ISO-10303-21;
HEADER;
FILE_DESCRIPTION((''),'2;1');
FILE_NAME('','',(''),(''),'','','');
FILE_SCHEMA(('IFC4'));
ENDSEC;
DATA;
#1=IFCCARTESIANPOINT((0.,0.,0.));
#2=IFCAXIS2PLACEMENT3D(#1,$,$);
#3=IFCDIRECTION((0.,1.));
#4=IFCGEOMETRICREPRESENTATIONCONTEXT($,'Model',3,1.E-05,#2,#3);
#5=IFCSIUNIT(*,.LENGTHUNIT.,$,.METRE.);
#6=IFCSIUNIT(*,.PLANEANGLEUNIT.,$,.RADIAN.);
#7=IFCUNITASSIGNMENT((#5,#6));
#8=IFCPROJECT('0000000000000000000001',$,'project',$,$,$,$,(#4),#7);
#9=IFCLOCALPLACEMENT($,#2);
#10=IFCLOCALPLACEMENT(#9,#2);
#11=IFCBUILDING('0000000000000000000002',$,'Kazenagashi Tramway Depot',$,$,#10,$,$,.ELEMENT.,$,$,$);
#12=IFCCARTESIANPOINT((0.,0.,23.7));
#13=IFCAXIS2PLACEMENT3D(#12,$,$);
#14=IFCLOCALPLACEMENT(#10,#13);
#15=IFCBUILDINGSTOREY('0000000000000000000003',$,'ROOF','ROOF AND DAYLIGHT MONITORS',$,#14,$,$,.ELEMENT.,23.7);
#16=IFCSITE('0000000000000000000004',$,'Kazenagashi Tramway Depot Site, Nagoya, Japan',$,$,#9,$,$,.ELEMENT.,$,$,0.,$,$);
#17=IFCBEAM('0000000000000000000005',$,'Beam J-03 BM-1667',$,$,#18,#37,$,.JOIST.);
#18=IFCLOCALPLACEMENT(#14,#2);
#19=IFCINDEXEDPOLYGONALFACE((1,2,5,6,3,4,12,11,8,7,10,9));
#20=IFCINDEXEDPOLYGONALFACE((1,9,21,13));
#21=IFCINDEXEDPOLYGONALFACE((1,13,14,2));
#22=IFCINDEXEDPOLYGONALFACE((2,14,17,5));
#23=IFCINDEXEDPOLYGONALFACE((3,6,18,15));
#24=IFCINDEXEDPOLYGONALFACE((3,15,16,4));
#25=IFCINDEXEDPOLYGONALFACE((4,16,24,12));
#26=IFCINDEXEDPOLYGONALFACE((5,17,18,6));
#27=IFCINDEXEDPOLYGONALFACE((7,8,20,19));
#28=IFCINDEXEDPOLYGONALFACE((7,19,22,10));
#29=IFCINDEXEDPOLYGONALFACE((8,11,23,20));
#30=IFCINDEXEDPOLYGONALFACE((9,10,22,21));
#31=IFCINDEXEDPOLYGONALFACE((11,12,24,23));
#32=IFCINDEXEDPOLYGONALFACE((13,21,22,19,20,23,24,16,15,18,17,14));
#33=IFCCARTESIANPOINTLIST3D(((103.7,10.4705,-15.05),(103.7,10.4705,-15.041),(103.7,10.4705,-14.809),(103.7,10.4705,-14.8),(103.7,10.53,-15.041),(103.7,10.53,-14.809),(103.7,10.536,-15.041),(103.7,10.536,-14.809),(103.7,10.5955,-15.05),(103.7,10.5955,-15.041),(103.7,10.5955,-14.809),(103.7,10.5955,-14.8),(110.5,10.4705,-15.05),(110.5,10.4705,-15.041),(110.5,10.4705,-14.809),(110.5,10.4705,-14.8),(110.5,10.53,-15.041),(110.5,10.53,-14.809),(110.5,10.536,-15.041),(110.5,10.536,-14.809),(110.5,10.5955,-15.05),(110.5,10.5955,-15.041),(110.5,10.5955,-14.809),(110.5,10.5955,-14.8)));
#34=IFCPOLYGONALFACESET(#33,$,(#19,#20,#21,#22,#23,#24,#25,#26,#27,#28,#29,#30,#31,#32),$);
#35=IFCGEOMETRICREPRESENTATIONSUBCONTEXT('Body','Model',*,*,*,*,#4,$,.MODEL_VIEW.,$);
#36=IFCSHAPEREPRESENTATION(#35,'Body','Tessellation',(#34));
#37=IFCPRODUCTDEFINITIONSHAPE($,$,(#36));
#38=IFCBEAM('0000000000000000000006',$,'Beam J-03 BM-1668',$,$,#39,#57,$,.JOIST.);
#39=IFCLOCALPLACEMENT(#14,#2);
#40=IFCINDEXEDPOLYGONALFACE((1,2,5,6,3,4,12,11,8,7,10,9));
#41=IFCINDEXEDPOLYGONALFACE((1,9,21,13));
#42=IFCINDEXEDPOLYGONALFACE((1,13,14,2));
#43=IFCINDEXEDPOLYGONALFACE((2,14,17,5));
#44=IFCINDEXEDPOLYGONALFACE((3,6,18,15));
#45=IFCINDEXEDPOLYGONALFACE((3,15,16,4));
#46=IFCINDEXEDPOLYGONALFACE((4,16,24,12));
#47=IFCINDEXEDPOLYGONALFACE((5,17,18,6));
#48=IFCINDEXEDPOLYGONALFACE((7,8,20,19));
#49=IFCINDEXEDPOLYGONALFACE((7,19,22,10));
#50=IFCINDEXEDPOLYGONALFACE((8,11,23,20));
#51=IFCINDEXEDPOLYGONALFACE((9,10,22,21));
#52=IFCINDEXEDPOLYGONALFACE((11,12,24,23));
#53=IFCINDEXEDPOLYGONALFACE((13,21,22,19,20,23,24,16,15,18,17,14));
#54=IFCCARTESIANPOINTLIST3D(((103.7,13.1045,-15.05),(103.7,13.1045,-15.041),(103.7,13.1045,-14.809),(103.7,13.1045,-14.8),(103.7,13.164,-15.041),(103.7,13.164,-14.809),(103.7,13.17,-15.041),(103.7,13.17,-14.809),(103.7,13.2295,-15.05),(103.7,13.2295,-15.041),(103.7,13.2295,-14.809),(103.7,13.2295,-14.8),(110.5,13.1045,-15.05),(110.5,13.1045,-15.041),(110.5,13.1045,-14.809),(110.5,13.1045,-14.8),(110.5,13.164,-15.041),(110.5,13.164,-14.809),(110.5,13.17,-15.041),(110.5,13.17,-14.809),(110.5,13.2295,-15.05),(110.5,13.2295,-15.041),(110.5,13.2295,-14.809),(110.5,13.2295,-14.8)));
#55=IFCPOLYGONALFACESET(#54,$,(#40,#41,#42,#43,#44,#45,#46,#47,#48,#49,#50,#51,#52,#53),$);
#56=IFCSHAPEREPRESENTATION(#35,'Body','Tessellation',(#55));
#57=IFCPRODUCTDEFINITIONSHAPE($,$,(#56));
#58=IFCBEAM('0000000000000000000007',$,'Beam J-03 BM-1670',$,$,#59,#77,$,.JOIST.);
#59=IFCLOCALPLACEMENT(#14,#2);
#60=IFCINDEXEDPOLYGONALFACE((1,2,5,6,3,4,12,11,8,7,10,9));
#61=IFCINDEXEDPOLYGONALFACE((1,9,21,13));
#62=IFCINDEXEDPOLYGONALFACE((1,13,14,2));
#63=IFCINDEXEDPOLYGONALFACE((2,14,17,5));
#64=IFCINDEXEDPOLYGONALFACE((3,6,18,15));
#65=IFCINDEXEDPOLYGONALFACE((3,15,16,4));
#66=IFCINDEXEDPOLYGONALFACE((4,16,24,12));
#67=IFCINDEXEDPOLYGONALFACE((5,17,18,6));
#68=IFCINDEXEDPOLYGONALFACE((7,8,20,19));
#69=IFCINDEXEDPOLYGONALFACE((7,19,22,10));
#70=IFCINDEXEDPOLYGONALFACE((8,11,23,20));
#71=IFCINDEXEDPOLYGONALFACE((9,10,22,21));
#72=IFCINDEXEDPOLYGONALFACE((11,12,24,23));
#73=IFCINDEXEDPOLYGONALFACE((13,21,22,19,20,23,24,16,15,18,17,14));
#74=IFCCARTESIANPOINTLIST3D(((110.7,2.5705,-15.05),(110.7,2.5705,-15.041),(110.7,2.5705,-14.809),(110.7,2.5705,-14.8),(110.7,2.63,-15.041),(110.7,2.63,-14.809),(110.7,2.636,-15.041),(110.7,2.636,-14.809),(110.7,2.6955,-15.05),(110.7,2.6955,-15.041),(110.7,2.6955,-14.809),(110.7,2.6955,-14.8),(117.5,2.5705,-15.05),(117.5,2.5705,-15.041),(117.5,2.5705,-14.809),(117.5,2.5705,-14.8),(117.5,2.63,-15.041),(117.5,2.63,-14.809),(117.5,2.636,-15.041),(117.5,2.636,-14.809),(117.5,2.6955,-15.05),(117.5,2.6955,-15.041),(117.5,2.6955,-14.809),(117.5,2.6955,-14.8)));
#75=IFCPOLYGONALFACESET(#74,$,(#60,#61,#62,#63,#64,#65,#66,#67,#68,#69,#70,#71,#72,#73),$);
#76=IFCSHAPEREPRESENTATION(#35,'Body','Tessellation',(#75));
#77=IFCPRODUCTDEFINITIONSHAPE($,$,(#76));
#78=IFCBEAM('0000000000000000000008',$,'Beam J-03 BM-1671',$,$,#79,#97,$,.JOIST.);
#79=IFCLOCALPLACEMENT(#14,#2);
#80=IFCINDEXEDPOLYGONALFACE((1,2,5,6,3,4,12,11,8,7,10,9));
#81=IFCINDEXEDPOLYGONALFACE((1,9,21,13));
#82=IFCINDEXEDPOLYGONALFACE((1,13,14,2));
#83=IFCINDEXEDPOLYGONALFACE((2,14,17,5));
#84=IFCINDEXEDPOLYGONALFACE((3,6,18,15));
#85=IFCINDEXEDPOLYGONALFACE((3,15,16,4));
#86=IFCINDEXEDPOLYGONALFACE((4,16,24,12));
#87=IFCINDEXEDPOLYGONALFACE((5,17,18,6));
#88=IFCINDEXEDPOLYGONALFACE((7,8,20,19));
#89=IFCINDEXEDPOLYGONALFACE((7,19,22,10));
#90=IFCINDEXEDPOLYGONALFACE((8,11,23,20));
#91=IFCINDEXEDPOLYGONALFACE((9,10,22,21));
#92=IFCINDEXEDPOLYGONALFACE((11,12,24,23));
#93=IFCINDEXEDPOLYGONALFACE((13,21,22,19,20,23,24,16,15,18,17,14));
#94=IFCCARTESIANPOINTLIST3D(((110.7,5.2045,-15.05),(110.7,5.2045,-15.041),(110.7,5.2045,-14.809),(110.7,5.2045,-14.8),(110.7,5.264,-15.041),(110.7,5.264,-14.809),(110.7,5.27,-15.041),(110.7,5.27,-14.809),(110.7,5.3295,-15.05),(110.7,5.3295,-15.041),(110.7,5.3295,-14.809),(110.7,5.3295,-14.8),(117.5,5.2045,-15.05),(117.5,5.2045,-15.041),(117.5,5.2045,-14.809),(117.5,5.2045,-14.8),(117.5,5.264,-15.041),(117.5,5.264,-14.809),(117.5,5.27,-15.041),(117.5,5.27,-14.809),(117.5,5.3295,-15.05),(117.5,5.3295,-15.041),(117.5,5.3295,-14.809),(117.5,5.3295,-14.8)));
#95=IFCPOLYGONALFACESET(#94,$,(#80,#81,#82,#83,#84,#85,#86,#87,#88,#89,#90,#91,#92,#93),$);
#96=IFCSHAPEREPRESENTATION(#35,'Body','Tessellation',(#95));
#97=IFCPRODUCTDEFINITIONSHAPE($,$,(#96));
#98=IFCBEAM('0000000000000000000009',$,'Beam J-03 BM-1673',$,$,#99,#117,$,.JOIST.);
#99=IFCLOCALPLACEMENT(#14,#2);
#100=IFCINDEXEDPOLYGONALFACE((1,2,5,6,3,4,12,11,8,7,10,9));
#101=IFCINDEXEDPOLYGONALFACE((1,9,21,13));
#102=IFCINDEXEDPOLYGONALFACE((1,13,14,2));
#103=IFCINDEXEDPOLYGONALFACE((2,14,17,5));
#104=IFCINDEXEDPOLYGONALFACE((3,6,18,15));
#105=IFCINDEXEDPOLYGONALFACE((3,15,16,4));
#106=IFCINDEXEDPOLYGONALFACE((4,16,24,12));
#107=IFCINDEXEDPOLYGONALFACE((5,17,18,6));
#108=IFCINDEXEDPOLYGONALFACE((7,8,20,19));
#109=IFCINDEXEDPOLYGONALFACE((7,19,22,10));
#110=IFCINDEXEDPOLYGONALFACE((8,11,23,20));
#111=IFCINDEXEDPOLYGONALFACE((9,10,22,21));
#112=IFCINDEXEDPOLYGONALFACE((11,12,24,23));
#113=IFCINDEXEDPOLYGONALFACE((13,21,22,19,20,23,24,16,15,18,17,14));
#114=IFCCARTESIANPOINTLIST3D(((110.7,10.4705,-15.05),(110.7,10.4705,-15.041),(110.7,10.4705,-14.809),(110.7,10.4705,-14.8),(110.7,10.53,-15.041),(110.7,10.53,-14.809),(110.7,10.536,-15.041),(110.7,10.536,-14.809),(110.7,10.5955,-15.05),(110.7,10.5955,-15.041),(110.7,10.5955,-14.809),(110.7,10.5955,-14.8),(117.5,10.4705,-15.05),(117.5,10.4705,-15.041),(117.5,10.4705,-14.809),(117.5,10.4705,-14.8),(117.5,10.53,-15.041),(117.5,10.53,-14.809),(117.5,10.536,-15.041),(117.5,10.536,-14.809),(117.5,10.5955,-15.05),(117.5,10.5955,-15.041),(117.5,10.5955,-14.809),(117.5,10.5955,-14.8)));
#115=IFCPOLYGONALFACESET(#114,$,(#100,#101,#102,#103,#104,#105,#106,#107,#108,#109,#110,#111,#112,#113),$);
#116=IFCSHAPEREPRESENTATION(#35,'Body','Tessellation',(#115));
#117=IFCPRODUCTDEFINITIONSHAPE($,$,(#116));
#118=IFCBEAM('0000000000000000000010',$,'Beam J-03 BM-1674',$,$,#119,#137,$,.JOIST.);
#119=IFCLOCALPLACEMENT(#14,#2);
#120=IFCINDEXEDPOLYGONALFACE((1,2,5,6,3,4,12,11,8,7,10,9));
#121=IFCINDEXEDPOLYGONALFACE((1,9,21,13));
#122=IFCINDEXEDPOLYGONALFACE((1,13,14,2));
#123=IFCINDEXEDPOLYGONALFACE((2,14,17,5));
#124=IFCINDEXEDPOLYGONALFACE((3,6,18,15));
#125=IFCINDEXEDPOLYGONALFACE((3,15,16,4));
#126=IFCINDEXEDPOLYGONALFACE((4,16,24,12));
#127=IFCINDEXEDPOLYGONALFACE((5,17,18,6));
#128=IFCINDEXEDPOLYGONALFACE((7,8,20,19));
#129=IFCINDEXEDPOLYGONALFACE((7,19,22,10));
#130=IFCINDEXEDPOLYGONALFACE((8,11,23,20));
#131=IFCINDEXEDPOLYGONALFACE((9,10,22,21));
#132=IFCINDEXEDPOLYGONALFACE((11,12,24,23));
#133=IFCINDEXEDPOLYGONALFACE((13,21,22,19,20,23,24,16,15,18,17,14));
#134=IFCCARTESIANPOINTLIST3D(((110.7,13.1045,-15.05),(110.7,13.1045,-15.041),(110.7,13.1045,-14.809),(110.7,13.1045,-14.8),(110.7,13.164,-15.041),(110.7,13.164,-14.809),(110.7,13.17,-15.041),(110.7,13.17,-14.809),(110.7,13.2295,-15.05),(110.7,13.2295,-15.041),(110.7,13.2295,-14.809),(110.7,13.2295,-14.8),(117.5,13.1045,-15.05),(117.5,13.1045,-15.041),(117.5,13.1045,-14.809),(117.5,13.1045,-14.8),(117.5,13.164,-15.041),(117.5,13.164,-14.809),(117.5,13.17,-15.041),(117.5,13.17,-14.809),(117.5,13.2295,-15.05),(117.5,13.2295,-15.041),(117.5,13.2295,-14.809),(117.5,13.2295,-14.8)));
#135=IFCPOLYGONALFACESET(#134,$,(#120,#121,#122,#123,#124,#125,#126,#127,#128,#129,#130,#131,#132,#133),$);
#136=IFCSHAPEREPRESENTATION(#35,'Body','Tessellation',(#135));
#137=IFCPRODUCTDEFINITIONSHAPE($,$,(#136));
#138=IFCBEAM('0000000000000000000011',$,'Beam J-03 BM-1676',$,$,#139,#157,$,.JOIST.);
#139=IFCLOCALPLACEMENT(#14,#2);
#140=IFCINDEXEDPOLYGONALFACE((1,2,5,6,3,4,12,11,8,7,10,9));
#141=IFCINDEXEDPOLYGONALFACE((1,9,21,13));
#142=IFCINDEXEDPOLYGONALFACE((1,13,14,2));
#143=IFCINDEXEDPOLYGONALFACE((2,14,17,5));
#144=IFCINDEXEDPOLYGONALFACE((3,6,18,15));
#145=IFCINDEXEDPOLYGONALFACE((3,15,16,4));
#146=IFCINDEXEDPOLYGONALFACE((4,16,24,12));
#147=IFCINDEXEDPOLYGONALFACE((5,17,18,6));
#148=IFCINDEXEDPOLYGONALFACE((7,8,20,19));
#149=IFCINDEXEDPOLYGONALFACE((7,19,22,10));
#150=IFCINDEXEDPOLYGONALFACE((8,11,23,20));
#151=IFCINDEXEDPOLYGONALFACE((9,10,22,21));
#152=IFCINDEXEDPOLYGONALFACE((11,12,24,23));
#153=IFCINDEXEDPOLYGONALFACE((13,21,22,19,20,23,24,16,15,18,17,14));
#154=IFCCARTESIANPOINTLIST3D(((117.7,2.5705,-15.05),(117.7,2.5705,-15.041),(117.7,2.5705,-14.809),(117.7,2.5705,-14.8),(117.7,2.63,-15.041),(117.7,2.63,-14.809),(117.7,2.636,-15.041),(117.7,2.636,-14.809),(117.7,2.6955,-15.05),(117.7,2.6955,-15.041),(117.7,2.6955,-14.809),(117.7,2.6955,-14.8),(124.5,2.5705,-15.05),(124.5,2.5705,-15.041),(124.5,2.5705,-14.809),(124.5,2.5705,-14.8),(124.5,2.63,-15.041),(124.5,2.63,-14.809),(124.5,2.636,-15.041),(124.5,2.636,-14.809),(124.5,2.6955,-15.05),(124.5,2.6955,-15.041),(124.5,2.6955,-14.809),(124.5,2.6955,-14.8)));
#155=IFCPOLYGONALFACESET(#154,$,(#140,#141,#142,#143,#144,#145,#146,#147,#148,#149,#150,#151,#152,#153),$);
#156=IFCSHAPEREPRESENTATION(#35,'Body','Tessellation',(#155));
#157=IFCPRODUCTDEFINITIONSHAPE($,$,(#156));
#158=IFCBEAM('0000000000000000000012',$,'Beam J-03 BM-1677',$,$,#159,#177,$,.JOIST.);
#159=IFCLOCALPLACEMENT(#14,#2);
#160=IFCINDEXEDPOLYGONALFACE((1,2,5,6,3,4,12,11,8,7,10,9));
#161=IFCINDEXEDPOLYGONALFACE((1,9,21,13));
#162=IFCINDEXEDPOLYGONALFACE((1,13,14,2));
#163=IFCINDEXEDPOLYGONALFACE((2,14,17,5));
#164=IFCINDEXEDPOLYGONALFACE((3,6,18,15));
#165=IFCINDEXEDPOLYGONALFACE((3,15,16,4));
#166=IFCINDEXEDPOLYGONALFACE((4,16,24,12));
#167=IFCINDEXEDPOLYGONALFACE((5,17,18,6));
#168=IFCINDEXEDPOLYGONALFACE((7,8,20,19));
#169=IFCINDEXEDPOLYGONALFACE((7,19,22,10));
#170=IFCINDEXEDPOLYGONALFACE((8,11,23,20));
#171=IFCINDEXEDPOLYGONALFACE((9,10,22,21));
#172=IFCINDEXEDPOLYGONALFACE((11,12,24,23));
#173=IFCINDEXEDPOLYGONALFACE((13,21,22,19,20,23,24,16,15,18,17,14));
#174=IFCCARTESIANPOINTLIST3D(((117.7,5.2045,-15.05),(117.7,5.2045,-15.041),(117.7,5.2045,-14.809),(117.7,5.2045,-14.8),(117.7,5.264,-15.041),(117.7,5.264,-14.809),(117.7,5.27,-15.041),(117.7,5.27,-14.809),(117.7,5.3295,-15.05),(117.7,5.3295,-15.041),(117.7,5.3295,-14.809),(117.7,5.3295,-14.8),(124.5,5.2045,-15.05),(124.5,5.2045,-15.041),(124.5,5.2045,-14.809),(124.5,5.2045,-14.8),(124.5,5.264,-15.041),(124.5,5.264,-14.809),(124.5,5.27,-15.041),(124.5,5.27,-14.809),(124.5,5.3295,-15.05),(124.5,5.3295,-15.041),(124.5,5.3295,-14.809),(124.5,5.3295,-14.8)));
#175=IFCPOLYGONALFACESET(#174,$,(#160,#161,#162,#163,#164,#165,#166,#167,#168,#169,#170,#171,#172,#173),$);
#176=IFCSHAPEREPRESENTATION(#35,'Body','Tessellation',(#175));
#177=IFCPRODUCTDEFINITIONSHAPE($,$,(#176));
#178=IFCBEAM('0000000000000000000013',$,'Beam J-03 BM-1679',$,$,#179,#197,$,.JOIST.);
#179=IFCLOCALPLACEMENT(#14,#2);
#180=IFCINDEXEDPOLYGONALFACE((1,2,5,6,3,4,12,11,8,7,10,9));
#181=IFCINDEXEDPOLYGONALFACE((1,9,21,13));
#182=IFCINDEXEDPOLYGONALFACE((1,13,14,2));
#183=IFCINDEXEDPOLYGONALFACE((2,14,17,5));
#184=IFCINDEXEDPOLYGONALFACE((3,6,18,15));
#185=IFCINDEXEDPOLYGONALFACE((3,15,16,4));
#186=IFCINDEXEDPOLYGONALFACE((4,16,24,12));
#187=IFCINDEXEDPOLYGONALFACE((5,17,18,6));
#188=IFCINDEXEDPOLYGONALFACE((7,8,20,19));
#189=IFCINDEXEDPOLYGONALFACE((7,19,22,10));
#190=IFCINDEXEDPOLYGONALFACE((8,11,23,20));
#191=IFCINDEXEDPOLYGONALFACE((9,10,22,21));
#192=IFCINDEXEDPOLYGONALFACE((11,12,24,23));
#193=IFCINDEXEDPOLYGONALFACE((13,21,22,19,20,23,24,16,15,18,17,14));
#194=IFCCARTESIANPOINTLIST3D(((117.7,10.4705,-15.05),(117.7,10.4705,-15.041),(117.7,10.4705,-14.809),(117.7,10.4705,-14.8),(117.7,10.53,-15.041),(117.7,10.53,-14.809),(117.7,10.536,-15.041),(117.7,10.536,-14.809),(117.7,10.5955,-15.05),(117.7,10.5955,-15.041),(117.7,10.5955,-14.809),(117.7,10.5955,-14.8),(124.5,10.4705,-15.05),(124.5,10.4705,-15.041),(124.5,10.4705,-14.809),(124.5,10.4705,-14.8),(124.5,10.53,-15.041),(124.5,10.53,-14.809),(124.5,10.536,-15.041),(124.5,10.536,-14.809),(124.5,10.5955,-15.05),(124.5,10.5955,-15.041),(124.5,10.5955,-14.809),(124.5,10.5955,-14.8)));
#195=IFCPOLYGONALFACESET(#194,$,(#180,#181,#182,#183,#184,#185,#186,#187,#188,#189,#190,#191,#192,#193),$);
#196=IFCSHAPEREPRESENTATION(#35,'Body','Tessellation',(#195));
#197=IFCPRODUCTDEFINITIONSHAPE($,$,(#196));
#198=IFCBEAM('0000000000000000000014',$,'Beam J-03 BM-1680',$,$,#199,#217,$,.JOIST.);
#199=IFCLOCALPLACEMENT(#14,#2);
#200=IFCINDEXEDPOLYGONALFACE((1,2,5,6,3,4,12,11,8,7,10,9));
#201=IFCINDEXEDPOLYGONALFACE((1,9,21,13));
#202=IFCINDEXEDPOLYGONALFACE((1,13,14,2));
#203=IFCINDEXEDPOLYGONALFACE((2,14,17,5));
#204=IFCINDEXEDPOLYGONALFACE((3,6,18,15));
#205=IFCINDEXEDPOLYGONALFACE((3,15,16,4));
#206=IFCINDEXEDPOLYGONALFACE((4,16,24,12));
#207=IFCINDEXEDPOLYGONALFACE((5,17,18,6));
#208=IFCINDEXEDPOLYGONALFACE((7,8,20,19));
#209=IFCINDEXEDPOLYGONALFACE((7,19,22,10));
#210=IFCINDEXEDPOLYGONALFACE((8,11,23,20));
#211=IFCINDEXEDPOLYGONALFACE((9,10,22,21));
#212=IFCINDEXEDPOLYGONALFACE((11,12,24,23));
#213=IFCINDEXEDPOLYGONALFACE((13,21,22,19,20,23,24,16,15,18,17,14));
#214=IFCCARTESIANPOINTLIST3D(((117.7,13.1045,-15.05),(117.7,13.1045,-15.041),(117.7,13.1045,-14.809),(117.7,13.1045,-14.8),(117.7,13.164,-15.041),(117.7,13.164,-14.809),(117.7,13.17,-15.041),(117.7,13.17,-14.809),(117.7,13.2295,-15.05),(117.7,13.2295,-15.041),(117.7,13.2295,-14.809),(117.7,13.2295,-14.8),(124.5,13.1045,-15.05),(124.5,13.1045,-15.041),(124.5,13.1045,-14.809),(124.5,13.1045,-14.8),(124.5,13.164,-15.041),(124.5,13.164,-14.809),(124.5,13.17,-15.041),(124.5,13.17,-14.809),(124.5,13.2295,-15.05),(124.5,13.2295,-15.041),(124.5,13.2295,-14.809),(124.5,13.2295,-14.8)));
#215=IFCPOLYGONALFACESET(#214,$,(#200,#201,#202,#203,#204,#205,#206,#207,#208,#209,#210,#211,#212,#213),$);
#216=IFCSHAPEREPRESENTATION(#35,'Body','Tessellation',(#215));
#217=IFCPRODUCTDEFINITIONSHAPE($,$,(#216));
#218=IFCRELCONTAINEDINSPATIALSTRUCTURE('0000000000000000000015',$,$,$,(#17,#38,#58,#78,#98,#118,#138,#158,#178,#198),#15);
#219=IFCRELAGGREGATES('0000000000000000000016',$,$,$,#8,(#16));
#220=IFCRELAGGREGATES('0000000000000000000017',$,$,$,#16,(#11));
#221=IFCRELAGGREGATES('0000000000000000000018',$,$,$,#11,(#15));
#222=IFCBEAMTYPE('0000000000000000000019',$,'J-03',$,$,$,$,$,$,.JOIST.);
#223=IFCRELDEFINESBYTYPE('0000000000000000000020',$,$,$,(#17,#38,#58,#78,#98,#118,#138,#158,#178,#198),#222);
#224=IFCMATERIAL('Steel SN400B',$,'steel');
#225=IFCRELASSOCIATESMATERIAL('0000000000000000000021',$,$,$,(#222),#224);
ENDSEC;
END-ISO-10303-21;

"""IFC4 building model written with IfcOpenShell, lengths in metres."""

from ifc_helpers import new_model, si_unit, direction, frame, origin, origin_2d, place, context, subcontext, project, spatial, i_section, extrude, material, material_profile, profile_set, type_object, element, save


model = new_model("IFC4")

# Units and contexts
model_context = context("Model", 3, precision=1e-05, world=origin(), true_north=direction((0.0, 1.0)))
body_context = subcontext(model_context, "Body", "Model", "MODEL_VIEW")
ifc_project = project(units=[si_unit("LENGTHUNIT", "METRE"), si_unit("PLANEANGLEUNIT", "RADIAN")], contexts=[model_context])

# Site, building, storey
site_placement = place(None, origin())
site = spatial("IfcSite", under=ifc_project, at=site_placement, Name="Kazenagashi Tramway Depot Site, Nagoya, Japan", CompositionType="ELEMENT", RefElevation=0.0)
building_placement = place(site_placement, origin())
building = spatial("IfcBuilding", under=site, at=building_placement, Name="Kazenagashi Tramway Depot", CompositionType="ELEMENT")
storey_placement = place(building_placement, frame((0.0, 0.0, 23.7)))
storey = spatial("IfcBuildingStorey", under=building, at=storey_placement, Name="ROOF", Description="ROOF AND DAYLIGHT MONITORS", CompositionType="ELEMENT", Elevation=23.7)

# Beams
ifc_material_1 = material(Name="Steel SN400B", Category="steel")
ifc_material_profile_1 = material_profile(ifc_material_1, i_section(OverallWidth=0.125, OverallDepth=0.25, WebThickness=0.006, FlangeThickness=0.009, at=origin_2d()), Name="H-250x125x6x9")
ifc_profile_set_1 = profile_set([ifc_material_profile_1], Name="Steel SN400B")
beam_type_1 = type_object("IfcBeamType", Name="J-03", PredefinedType="JOIST", material=ifc_profile_set_1)
for number, where, z_axis, x_axis, name in (
    (1, (103.7, 10.533, -14.925), (1.0, 0.0, 0.0), (0.0, 1.0, 0.0), "Beam J-03 BM-1667"),
    (2, (103.7, 13.167, -14.925), (1.0, 0.0, 0.0), (0.0, 1.0, 0.0), "Beam J-03 BM-1668"),
    (3, (110.7, 2.633, -14.925), (1.0, 0.0, 0.0), (0.0, 1.0, 0.0), "Beam J-03 BM-1670"),
    (4, (110.7, 5.267, -14.925), (1.0, 0.0, 0.0), (0.0, 1.0, 0.0), "Beam J-03 BM-1671"),
    (5, (110.7, 10.533, -14.925), (1.0, 0.0, 0.0), (0.0, 1.0, 0.0), "Beam J-03 BM-1673"),
    (6, (110.7, 13.167, -14.925), (1.0, 0.0, 0.0), (0.0, 1.0, 0.0), "Beam J-03 BM-1674"),
    (7, (117.7, 2.633, -14.925), (1.0, 0.0, 0.0), (0.0, 1.0, 0.0), "Beam J-03 BM-1676"),
    (8, (117.7, 5.267, -14.925), (1.0, 0.0, 0.0), (0.0, 1.0, 0.0), "Beam J-03 BM-1677"),
    (9, (117.7, 10.533, -14.925), (1.0, 0.0, 0.0), (0.0, 1.0, 0.0), "Beam J-03 BM-1679"),
    (10, (117.7, 13.167, -14.925), (1.0, 0.0, 0.0), (0.0, 1.0, 0.0), "Beam J-03 BM-1680"),
):
    element("IfcBeam", number, at=place(storey_placement, frame(where, z_axis=z_axis, x_axis=x_axis)), inside=storey, type_object=beam_type_1, Name=name, PredefinedType="JOIST", context=body_context, shape_type="SweptSolid", body=[
        extrude(i_section(OverallWidth=0.125, OverallDepth=0.25, WebThickness=0.006, FlangeThickness=0.009, at=origin_2d()), origin(), (0.0, 0.0, 1.0), 6.8),
    ])

save(model, "model.ifc")
